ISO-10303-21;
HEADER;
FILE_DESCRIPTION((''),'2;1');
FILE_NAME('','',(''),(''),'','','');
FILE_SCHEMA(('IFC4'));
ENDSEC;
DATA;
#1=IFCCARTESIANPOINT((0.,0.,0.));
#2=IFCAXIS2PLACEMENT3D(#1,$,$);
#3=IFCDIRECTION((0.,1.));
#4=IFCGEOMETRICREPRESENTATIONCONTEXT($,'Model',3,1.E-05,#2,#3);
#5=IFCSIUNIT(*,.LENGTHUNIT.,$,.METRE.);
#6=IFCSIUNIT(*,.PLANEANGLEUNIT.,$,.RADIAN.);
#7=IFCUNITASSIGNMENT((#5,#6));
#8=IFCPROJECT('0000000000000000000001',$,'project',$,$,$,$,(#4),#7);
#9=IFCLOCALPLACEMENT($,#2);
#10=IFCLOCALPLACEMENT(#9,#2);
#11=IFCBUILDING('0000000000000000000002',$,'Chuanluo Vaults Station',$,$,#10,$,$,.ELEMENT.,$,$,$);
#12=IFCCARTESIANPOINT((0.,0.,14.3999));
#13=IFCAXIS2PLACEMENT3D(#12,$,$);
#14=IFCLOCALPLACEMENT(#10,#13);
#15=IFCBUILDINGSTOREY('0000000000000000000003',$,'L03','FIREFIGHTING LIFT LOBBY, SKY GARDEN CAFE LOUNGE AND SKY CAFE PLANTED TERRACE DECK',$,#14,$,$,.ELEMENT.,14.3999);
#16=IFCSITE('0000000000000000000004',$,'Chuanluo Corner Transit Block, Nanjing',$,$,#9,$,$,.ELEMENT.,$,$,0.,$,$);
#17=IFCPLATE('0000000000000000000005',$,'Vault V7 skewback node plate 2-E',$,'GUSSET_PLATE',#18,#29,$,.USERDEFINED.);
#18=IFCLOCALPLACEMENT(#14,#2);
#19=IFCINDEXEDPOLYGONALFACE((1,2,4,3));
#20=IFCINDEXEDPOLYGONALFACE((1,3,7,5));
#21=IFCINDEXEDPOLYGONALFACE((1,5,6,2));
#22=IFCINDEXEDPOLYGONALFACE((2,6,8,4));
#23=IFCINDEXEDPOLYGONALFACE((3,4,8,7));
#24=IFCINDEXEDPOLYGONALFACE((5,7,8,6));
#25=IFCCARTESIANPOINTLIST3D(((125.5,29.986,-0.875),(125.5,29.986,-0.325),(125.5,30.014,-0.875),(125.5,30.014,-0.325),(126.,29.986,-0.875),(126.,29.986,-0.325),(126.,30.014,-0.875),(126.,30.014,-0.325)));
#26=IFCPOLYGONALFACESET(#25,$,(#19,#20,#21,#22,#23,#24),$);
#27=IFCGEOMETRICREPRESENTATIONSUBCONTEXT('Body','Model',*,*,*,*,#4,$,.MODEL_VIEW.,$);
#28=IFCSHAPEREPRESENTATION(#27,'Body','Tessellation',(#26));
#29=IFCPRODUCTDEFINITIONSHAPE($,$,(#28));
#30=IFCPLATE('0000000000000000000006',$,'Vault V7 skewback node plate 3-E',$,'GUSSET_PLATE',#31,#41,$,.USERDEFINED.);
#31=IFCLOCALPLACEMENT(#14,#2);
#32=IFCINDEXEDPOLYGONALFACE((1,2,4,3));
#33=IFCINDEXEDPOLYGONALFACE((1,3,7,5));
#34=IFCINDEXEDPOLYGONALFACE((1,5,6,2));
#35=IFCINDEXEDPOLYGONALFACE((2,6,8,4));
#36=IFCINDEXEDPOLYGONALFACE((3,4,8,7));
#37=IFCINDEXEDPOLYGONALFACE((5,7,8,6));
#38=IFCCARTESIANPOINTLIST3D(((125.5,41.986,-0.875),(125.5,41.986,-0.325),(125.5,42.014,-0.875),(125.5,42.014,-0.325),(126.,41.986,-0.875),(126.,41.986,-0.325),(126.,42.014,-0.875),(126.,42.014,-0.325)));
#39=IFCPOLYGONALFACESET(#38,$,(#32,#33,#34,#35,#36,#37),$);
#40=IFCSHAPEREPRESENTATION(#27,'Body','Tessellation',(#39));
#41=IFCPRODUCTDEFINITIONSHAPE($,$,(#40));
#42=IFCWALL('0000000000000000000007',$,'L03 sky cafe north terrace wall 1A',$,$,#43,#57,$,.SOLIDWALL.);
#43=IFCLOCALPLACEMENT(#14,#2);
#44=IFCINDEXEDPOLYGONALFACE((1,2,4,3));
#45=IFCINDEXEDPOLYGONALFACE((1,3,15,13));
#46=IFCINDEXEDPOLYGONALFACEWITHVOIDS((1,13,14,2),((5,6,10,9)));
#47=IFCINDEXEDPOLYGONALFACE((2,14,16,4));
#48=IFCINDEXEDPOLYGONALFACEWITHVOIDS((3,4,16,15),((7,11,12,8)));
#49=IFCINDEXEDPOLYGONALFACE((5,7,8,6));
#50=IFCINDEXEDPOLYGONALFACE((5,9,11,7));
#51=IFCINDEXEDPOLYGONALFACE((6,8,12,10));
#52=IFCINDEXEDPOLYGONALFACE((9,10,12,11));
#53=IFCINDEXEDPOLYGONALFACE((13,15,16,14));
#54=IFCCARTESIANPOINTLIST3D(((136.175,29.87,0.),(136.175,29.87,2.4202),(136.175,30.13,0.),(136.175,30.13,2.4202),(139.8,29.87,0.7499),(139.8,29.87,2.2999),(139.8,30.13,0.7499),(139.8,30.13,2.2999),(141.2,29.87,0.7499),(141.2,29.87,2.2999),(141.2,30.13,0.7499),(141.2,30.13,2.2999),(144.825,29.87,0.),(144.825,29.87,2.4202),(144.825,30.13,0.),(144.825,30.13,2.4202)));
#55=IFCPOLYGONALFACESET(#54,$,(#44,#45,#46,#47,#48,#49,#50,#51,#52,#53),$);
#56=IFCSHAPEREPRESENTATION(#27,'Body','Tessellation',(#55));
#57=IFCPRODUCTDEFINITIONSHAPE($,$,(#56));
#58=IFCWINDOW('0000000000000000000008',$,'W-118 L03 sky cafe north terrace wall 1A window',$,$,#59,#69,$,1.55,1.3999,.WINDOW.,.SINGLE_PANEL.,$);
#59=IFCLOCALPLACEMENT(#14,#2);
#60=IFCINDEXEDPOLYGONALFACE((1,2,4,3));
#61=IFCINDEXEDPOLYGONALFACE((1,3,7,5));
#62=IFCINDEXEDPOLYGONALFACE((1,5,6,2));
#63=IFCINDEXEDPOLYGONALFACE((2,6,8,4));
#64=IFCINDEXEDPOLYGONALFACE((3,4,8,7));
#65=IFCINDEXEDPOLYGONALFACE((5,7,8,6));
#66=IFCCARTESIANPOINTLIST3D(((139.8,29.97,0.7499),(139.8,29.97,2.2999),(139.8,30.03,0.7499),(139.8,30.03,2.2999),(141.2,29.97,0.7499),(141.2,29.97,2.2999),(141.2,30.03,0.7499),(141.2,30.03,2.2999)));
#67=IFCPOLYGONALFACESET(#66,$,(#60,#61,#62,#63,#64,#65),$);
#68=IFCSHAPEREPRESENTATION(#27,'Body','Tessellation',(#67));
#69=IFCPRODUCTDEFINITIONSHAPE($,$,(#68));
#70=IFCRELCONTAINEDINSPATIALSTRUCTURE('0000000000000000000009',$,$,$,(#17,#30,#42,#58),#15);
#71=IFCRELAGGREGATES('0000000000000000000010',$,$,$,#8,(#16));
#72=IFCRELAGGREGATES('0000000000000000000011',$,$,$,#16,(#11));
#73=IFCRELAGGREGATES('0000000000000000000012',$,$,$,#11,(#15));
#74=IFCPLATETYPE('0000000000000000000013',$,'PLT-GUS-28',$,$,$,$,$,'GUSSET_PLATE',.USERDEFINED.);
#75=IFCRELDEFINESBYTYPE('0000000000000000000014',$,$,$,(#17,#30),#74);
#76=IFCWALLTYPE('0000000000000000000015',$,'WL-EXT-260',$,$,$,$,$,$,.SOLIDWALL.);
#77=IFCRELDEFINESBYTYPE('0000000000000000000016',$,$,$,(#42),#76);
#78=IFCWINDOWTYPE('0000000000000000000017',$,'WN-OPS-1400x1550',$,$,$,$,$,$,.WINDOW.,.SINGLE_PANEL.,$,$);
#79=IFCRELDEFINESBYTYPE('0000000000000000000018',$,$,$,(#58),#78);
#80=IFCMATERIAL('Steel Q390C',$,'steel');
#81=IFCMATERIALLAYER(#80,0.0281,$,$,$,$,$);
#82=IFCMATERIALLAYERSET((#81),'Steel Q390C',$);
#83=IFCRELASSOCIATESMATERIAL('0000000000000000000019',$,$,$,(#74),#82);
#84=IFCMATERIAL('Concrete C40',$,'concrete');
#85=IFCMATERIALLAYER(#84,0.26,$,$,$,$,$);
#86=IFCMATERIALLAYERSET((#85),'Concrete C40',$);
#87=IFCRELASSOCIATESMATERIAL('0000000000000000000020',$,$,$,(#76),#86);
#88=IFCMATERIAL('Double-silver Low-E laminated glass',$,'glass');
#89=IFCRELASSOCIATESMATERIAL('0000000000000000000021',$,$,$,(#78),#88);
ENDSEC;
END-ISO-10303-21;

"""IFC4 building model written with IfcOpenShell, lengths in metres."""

from ifc_helpers import new_model, si_unit, direction, frame, frame_2d, origin, origin_2d, place, context, subcontext, project, spatial, rectangle, extrude, material, layer, layer_set, type_object, element, fill, save


model = new_model("IFC4")

# Units and contexts
model_context = context("Model", 3, precision=1e-05, world=origin(), true_north=direction((0.0, 1.0)))
body_context = subcontext(model_context, "Body", "Model", "MODEL_VIEW")
ifc_project = project(units=[si_unit("LENGTHUNIT", "METRE"), si_unit("PLANEANGLEUNIT", "RADIAN")], contexts=[model_context])

# Site, building, storey
site_placement = place(None, origin())
site = spatial("IfcSite", under=ifc_project, at=site_placement, Name="Chuanluo Corner Transit Block, Nanjing", CompositionType="ELEMENT", RefElevation=0.0)
building_placement = place(site_placement, origin())
building = spatial("IfcBuilding", under=site, at=building_placement, Name="Chuanluo Vaults Station", CompositionType="ELEMENT")
storey_placement = place(building_placement, frame((0.0, 0.0, 14.3999)))
storey = spatial("IfcBuildingStorey", under=building, at=storey_placement, Name="L03", Description="FIREFIGHTING LIFT LOBBY, SKY GARDEN CAFE LOUNGE AND SKY CAFE PLANTED TERRACE DECK", CompositionType="ELEMENT", Elevation=14.3999)

# Plates
ifc_material_1 = material(Name="Steel Q390C", Category="steel")
ifc_layer_1 = layer(ifc_material_1, 0.0281)
ifc_layer_set_1 = layer_set([ifc_layer_1], Name="Steel Q390C")
plate_type = type_object("IfcPlateType", Name="PLT-GUS-28", ElementType="GUSSET_PLATE", PredefinedType="USERDEFINED", material=ifc_layer_set_1)
for number, where, z_axis, x_axis, name in (
    (1, (125.75, 30.0, -0.875), (0.0, 0.0, 1.0), (1.0, 0.0, 0.0), "Vault V7 skewback node plate 2-E"),
    (2, (125.75, 42.0, -0.875), (0.0, 0.0, 1.0), (1.0, 0.0, 0.0), "Vault V7 skewback node plate 3-E"),
):
    element("IfcPlate", number, at=place(storey_placement, frame(where, z_axis=z_axis, x_axis=x_axis)), inside=storey, type_object=plate_type, Name=name, ObjectType="GUSSET_PLATE", PredefinedType="USERDEFINED", context=body_context, shape_type="SweptSolid", body=[
        extrude(rectangle(XDim=0.5, YDim=0.0281, at=origin_2d()), origin(), (0.0, 0.0, 1.0), 0.55),
    ])

# Wall, opening, window
ifc_material_2 = material(Name="Concrete C40", Category="concrete")
ifc_layer_2 = layer(ifc_material_2, 0.26)
ifc_layer_set_2 = layer_set([ifc_layer_2], Name="Concrete C40")
wall_type = type_object("IfcWallType", Name="WL-EXT-260", PredefinedType="SOLIDWALL", material=ifc_layer_set_2)
wall_placement = place(storey_placement, frame((136.175, 30.0, 0.0), z_axis=(0.0, 0.0, 1.0), x_axis=(1.0, 0.0, 0.0)))
wall = element("IfcWall", 3, at=wall_placement, inside=storey, type_object=wall_type, Name="L03 sky cafe north terrace wall 1A", PredefinedType="SOLIDWALL", context=body_context, shape_type="SweptSolid", body=[
    extrude(rectangle(XDim=8.6499, YDim=0.26, at=frame_2d((4.325, 0.0))), origin(), (0.0, 0.0, 1.0), 2.4202),
])
opening_placement = place(wall_placement, frame((3.625, 0.0, 0.75)))
opening = element("IfcOpeningElement", 4, at=opening_placement, cuts=wall, PredefinedType="OPENING", context=body_context, shape_type="SweptSolid", body=[
    extrude(rectangle(XDim=1.3999, YDim=1.55, at=frame_2d((0.7, 0.7749))), frame((0.0, 0.1399, 0.0), z_axis=(0.0, -1.0, 0.0), x_axis=(1.0, 0.0, 0.0)), (0.0, 0.0, 1.0), 0.28),
])
ifc_material_3 = material(Name="Double-silver Low-E laminated glass", Category="glass")
window_type = type_object("IfcWindowType", Name="WN-OPS-1400x1550", PartitioningType="SINGLE_PANEL", PredefinedType="WINDOW", material=ifc_material_3)
window_placement = place(opening_placement, origin())
window = element("IfcWindow", 5, at=window_placement, inside=storey, type_object=window_type, Name="W-118 L03 sky cafe north terrace wall 1A window", OverallHeight=1.55, OverallWidth=1.3999, PartitioningType="SINGLE_PANEL", PredefinedType="WINDOW", context=body_context, shape_type="SweptSolid", body=[
    extrude(rectangle(XDim=1.3999, YDim=1.55, at=frame_2d((0.7, 0.7749))), frame((0.0, 0.03, 0.0), z_axis=(0.0, -1.0, 0.0), x_axis=(1.0, 0.0, 0.0)), (0.0, 0.0, 1.0), 0.0601),
])
fill(opening, window)

save(model, "model.ifc")
